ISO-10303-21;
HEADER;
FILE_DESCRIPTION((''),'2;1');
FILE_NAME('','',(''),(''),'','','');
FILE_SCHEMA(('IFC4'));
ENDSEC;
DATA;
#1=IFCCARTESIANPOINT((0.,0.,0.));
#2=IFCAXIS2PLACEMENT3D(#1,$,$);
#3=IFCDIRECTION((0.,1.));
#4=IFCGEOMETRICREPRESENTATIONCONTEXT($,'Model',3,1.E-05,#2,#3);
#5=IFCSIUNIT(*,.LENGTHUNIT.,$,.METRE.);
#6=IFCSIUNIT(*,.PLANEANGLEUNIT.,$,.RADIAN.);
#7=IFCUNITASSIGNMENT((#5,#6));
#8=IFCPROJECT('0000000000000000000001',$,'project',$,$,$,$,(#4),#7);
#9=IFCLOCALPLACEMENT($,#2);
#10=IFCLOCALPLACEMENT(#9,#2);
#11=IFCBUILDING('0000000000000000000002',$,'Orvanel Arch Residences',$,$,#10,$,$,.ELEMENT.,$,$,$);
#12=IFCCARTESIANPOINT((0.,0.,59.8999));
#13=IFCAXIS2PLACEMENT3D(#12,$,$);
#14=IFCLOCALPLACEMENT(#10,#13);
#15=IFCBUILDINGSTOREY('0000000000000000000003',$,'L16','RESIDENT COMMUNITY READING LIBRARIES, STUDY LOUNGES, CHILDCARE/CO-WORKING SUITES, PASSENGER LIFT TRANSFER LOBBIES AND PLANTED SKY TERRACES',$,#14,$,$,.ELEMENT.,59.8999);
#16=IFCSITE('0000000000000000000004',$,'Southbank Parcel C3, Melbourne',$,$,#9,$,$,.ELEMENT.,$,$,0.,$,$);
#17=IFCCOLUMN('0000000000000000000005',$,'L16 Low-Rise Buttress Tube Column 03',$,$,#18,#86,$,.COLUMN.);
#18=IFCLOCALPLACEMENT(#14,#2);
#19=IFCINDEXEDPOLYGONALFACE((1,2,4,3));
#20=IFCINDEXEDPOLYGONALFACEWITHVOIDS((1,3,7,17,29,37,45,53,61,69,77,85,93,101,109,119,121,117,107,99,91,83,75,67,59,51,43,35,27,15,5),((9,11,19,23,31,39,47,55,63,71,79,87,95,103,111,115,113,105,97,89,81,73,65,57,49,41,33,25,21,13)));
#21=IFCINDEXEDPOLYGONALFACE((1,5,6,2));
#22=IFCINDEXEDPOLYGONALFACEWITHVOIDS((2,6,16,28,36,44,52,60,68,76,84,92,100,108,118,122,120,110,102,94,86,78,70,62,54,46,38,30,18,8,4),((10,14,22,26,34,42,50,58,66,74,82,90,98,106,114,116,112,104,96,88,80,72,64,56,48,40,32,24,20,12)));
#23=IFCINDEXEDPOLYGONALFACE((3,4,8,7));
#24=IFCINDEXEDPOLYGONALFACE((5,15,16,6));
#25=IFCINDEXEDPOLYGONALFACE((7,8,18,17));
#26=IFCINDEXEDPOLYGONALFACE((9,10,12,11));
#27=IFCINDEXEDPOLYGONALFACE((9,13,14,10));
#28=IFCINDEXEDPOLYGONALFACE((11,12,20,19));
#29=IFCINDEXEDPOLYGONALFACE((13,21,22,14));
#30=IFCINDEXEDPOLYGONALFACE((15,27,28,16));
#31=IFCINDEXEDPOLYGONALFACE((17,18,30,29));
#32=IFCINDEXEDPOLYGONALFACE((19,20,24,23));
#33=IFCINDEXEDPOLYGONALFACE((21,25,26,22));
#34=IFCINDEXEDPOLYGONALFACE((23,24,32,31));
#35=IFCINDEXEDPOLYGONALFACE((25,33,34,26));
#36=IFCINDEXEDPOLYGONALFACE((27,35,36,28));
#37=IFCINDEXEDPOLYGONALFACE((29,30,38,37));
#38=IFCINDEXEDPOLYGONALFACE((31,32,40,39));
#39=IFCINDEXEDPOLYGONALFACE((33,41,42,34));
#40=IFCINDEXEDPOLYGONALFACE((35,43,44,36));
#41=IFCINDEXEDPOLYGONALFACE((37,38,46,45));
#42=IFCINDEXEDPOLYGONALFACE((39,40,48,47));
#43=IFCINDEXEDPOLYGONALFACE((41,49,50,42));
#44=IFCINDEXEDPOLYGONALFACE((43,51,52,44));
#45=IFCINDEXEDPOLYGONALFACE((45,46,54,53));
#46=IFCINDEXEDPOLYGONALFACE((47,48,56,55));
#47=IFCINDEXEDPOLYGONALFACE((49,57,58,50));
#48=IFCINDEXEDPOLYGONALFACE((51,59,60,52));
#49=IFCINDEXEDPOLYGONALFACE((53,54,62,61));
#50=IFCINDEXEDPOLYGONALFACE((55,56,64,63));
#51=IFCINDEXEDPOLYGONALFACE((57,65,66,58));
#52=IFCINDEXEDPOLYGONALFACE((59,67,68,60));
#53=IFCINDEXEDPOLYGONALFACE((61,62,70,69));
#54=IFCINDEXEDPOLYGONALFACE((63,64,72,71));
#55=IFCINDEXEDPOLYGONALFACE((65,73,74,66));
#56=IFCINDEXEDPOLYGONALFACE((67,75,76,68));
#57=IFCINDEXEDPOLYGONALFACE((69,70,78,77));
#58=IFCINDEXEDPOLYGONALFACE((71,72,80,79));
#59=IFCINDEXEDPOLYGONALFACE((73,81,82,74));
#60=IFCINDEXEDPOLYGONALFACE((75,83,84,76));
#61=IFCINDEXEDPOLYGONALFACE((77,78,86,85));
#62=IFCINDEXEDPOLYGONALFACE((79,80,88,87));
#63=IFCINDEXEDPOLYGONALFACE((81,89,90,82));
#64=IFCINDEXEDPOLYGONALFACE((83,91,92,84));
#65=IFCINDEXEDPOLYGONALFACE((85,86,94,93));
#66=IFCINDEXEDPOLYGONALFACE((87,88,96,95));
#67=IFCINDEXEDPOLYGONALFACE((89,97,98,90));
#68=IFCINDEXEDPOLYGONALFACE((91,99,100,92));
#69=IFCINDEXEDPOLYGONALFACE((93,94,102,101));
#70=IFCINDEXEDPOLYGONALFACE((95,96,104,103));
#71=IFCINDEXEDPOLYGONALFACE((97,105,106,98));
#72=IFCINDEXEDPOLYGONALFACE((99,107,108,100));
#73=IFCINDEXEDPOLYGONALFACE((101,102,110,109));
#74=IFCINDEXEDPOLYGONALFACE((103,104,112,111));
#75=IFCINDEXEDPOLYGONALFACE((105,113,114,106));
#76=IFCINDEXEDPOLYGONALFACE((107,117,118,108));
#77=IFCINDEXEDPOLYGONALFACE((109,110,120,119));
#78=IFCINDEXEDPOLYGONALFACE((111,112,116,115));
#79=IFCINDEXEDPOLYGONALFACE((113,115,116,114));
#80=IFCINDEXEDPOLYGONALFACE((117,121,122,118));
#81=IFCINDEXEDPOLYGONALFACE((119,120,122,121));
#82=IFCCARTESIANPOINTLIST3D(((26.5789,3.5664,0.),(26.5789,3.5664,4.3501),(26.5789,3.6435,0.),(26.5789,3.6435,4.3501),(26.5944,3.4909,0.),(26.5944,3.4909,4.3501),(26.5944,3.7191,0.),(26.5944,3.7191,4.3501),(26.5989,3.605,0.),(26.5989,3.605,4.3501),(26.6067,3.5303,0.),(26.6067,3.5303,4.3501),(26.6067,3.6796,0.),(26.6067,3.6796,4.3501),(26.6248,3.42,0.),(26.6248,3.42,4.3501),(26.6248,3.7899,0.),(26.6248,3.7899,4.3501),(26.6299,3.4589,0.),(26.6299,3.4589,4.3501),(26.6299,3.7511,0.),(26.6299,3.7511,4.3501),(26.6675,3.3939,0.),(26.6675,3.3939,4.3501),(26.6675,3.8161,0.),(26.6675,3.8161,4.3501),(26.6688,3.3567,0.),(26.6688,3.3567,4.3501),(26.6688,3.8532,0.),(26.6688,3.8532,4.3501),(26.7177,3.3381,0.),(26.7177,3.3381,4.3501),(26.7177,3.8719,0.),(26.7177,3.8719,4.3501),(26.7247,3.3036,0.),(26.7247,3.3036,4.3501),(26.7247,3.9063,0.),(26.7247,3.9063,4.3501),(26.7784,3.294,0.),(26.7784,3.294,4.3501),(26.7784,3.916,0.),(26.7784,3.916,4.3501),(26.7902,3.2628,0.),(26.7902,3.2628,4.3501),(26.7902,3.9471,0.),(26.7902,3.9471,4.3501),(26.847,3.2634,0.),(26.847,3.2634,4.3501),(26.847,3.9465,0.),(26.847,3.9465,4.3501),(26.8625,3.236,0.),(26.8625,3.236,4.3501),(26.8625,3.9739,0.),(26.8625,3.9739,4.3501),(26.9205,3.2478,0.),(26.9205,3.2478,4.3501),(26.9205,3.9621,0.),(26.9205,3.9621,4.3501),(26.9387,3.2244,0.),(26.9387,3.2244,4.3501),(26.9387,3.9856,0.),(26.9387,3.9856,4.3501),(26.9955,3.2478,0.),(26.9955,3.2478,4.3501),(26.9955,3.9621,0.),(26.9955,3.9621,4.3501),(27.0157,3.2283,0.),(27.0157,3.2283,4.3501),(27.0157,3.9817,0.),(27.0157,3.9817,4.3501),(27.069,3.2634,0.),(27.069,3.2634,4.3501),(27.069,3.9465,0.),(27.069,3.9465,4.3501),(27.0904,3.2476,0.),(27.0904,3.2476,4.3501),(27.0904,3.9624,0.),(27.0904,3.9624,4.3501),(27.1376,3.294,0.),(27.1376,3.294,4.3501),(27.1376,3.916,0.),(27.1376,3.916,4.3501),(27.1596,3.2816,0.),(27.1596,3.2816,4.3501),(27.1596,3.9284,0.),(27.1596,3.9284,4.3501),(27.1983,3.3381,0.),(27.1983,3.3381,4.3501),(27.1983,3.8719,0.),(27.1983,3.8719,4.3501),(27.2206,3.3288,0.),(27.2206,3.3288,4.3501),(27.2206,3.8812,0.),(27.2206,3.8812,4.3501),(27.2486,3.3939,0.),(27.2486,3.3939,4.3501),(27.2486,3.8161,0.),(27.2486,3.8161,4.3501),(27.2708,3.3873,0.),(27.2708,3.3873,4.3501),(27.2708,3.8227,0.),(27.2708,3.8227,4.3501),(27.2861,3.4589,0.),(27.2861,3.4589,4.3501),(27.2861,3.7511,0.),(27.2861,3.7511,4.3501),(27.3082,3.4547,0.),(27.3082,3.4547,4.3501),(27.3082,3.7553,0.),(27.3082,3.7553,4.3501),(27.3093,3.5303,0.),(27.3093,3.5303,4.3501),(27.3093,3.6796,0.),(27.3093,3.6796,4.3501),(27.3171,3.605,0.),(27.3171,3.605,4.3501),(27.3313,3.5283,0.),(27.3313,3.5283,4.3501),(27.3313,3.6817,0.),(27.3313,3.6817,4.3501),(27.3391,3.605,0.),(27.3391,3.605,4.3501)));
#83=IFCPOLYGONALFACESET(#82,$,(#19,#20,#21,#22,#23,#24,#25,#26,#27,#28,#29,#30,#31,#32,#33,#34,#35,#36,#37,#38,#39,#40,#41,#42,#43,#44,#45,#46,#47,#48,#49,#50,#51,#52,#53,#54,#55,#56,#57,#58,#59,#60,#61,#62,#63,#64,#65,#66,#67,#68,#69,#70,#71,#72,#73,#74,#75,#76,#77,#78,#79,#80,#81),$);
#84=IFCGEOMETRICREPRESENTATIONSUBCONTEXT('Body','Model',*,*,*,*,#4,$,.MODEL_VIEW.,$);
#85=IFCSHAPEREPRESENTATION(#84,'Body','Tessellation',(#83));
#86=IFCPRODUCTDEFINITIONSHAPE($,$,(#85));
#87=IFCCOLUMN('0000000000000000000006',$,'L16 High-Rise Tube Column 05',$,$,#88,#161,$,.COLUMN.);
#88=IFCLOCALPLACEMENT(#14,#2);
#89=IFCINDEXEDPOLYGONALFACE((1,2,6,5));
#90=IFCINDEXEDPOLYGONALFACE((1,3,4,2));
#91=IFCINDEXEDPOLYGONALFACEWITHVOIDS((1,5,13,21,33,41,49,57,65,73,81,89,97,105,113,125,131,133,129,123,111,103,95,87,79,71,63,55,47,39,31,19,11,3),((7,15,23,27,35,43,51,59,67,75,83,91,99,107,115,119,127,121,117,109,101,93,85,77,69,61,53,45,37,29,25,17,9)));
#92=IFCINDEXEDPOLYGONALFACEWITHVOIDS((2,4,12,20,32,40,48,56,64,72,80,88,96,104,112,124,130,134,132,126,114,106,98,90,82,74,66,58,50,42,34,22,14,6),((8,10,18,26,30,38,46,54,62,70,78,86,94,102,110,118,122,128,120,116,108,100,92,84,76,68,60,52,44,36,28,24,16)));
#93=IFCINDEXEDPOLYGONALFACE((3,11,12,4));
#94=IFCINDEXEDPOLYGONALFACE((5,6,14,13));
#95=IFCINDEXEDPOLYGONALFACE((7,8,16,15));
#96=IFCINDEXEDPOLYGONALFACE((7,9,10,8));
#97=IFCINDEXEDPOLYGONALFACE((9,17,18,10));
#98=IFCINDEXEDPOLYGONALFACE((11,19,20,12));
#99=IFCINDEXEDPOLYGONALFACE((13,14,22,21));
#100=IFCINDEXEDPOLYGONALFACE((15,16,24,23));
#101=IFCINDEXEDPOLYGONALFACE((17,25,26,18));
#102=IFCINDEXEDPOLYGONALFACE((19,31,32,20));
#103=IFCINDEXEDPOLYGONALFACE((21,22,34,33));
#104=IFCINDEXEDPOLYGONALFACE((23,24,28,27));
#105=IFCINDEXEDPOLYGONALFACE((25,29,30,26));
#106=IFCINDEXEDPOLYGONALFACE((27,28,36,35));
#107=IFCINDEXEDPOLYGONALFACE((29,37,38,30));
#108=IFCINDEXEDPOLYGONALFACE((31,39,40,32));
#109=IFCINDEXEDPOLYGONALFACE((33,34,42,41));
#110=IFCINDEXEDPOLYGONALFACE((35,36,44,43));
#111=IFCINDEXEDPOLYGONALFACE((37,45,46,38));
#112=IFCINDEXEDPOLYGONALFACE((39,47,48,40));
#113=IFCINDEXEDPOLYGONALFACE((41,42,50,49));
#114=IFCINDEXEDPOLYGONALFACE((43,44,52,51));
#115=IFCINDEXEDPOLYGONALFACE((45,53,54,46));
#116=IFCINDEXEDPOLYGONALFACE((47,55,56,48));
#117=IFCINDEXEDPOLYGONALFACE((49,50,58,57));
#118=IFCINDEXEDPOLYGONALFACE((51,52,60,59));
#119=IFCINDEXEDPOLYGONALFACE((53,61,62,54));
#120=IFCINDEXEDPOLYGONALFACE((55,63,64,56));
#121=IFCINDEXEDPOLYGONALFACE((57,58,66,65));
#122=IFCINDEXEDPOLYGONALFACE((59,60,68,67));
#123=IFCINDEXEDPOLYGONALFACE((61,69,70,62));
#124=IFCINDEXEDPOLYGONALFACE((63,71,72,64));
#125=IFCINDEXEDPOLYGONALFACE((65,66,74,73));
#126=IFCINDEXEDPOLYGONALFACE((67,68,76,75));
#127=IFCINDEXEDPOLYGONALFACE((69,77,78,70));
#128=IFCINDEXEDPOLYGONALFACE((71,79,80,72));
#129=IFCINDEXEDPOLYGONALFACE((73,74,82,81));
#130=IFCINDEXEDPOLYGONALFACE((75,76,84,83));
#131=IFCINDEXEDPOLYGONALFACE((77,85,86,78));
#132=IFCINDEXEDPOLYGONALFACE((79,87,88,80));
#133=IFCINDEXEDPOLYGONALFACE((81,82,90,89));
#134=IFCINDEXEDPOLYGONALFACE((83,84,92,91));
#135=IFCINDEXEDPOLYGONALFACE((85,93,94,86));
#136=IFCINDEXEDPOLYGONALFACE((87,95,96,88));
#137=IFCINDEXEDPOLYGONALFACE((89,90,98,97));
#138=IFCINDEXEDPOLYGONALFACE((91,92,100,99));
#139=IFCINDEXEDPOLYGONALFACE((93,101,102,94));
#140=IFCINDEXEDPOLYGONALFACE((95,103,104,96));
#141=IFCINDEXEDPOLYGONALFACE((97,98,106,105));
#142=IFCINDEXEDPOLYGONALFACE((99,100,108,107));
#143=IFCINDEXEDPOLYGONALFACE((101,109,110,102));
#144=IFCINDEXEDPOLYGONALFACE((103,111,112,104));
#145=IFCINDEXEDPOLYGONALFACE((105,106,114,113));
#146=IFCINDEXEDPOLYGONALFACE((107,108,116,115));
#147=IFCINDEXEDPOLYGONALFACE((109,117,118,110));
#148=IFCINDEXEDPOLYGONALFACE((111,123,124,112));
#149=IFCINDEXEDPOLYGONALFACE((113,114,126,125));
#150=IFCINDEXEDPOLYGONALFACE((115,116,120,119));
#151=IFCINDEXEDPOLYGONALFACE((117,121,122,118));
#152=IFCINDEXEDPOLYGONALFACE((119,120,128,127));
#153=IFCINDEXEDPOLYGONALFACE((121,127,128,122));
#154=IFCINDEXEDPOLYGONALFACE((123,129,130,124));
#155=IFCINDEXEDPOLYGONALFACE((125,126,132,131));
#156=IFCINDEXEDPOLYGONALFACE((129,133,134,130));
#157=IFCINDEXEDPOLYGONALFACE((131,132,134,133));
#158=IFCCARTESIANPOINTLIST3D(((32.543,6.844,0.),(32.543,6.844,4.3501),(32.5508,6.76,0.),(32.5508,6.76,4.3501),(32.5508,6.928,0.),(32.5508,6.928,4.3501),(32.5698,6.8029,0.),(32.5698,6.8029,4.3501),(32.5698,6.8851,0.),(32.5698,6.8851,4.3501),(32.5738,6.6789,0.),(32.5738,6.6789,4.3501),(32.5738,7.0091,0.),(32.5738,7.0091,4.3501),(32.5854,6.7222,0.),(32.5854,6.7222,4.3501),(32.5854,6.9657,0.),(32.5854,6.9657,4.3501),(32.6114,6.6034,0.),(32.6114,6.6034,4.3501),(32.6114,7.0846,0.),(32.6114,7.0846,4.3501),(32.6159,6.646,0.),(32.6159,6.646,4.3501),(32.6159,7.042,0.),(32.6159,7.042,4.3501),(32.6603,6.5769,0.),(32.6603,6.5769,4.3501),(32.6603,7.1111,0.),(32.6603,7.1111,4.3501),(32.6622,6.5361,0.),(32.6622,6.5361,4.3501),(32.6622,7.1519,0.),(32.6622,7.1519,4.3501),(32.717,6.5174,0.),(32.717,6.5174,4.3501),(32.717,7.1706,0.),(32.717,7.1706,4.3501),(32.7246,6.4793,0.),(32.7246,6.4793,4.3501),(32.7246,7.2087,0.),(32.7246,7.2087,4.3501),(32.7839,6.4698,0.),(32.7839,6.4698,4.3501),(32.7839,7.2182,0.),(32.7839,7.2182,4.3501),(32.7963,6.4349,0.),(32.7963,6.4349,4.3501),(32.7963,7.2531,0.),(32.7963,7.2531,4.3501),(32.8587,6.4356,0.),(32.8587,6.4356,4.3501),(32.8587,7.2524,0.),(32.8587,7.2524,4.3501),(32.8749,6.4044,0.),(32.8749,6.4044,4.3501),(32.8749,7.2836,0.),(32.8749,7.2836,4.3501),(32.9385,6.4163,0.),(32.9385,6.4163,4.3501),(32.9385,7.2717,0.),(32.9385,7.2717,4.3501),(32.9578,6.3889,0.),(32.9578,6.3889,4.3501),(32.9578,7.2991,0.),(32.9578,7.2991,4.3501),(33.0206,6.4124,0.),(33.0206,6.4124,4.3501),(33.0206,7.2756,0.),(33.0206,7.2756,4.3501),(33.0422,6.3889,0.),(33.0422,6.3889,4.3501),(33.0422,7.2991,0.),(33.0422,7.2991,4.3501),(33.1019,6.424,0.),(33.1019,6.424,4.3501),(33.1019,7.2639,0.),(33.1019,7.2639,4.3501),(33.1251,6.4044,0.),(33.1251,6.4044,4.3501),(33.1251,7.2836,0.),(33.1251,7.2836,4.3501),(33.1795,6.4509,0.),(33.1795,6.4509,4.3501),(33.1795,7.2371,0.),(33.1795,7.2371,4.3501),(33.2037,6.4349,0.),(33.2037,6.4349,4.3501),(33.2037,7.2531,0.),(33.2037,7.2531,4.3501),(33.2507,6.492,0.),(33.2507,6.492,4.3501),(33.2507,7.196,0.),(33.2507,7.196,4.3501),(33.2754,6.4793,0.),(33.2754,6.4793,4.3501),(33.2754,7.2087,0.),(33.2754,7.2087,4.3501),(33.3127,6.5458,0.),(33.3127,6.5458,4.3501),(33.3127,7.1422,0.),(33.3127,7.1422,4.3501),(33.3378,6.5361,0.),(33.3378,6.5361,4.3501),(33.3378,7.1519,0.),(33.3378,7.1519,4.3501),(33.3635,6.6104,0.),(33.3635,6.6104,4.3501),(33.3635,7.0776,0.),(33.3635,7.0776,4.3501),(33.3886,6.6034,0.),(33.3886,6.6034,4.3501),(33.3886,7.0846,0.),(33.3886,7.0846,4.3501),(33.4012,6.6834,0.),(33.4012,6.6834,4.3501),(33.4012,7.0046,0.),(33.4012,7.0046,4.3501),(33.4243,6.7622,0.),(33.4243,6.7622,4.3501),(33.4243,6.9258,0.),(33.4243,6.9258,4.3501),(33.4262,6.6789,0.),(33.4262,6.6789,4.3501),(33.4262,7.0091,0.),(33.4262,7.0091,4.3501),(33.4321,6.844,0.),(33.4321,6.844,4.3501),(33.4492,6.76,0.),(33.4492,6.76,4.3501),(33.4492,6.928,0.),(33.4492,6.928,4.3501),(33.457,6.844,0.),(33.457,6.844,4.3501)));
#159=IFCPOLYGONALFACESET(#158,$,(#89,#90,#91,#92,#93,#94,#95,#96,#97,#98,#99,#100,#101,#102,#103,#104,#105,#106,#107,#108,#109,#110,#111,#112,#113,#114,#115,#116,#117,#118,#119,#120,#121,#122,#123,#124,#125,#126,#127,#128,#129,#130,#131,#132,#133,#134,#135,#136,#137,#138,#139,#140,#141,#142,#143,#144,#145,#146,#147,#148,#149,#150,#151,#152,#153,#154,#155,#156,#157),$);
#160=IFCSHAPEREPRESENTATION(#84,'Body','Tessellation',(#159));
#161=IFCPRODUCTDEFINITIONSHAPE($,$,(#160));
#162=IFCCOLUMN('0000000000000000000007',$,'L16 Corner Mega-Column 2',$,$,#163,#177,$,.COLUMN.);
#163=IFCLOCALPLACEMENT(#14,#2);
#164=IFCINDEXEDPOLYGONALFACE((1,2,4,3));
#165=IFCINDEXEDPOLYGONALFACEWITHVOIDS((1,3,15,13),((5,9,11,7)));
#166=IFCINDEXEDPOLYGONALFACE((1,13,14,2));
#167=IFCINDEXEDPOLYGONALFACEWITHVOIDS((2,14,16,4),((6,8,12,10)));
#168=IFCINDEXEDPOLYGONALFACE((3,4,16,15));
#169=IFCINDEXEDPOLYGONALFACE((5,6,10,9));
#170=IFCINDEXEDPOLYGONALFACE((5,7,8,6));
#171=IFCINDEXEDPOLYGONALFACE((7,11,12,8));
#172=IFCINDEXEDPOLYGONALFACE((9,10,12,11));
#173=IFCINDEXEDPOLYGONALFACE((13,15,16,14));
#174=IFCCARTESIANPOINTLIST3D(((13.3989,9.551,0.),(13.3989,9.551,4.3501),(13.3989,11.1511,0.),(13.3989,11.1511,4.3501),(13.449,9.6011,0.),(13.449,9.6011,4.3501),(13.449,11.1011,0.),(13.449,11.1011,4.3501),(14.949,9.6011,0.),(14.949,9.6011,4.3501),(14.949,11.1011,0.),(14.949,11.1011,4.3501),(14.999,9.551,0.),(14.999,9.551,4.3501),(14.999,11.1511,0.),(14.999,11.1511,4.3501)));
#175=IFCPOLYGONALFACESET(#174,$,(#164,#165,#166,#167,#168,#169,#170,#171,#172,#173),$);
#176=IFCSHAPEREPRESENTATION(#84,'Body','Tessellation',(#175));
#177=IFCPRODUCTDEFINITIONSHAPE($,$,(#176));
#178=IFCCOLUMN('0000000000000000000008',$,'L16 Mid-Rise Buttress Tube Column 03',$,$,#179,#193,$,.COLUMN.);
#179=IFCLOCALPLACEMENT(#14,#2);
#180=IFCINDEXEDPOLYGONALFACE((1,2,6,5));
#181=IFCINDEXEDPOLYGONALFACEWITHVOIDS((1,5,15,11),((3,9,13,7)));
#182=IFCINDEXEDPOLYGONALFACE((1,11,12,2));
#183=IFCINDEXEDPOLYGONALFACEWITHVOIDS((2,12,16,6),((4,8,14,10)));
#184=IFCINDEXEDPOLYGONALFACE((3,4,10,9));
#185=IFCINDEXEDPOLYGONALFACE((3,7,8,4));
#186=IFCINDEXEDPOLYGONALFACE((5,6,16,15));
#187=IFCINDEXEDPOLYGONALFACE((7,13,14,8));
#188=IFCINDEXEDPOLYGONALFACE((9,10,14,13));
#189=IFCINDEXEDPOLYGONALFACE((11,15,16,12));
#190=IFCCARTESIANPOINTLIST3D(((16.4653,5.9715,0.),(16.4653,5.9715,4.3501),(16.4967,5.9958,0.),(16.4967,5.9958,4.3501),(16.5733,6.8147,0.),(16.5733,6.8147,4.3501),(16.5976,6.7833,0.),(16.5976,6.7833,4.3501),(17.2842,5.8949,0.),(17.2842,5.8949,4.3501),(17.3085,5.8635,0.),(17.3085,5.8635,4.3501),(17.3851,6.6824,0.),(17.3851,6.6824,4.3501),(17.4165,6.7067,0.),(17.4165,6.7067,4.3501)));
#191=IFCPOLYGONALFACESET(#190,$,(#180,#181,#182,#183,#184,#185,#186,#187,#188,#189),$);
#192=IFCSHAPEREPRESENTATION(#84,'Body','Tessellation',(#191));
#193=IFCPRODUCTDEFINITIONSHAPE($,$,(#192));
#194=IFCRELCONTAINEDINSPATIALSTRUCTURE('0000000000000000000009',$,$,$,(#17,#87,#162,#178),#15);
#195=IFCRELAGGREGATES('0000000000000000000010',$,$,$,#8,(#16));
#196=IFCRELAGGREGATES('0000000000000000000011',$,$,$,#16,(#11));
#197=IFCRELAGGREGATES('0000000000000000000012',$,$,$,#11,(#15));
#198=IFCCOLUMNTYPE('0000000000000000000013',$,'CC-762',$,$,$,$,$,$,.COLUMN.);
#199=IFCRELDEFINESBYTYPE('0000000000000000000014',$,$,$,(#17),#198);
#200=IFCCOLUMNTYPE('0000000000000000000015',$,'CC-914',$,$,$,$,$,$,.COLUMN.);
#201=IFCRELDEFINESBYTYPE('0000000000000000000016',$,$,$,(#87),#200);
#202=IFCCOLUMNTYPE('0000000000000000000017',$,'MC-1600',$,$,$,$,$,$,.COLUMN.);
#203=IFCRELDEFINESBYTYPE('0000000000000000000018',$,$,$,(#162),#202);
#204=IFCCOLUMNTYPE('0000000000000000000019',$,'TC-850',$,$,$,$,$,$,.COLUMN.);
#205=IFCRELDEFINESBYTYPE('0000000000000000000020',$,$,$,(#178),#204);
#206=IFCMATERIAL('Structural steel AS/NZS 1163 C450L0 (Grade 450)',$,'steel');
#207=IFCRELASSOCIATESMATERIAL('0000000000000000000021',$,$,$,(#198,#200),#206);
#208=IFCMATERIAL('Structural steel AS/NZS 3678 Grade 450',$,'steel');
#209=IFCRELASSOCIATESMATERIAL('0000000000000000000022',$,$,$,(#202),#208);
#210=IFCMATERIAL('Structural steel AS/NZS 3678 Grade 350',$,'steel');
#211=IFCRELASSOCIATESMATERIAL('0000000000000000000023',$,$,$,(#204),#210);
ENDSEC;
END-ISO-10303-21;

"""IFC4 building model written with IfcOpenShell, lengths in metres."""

from ifc_helpers import new_model, si_unit, direction, frame, origin, origin_2d, place, context, subcontext, project, spatial, hollow_rectangle, hollow_circle, extrude, material, material_profile, profile_set, type_object, element, save


model = new_model("IFC4")

# Units and contexts
model_context = context("Model", 3, precision=1e-05, world=origin(), true_north=direction((0.0, 1.0)))
body_context = subcontext(model_context, "Body", "Model", "MODEL_VIEW")
ifc_project = project(units=[si_unit("LENGTHUNIT", "METRE"), si_unit("PLANEANGLEUNIT", "RADIAN")], contexts=[model_context])

# Site, building, storey
site_placement = place(None, origin())
site = spatial("IfcSite", under=ifc_project, at=site_placement, Name="Southbank Parcel C3, Melbourne", CompositionType="ELEMENT", RefElevation=0.0)
building_placement = place(site_placement, origin())
building = spatial("IfcBuilding", under=site, at=building_placement, Name="Orvanel Arch Residences", CompositionType="ELEMENT")
storey_placement = place(building_placement, frame((0.0, 0.0, 59.8999)))
storey = spatial("IfcBuildingStorey", under=building, at=storey_placement, Name="L16", Description="RESIDENT COMMUNITY READING LIBRARIES, STUDY LOUNGES, CHILDCARE/CO-WORKING SUITES, PASSENGER LIFT TRANSFER LOBBIES AND PLANTED SKY TERRACES", CompositionType="ELEMENT", Elevation=59.8999)

# Columns
ifc_material_1 = material(Name="Structural steel AS/NZS 1163 C450L0 (Grade 450)", Category="steel")
ifc_material_profile_1 = material_profile(ifc_material_1, hollow_circle(Radius=0.3811, WallThickness=0.022, at=origin_2d()), Name="CHS762x22")
ifc_profile_set_1 = profile_set([ifc_material_profile_1], Name="Structural steel AS/NZS 1163 C450L0 (Grade 450)")
column_type_1 = type_object("IfcColumnType", Name="CC-762", PredefinedType="COLUMN", material=ifc_profile_set_1)
column_1_placement = place(storey_placement, frame((26.958, 3.605, 0.0), z_axis=(0.0, 0.0, 1.0), x_axis=(1.0, 0.0, 0.0)))
element("IfcColumn", 1, at=column_1_placement, inside=storey, type_object=column_type_1, Name="L16 Low-Rise Buttress Tube Column 03", PredefinedType="COLUMN", context=body_context, shape_type="SweptSolid", body=[
    extrude(hollow_circle(Radius=0.3811, WallThickness=0.022, at=origin_2d()), origin(), (0.0, 0.0, 1.0), 4.3501),
])
ifc_material_profile_2 = material_profile(ifc_material_1, hollow_circle(Radius=0.457, WallThickness=0.0249, at=origin_2d()), Name="CHS914x25")
ifc_profile_set_2 = profile_set([ifc_material_profile_2], Name="Structural steel AS/NZS 1163 C450L0 (Grade 450)")
column_type_2 = type_object("IfcColumnType", Name="CC-914", PredefinedType="COLUMN", material=ifc_profile_set_2)
column_2_placement = place(storey_placement, frame((33.0, 6.844, 0.0), z_axis=(0.0, 0.0, 1.0), x_axis=(1.0, 0.0, 0.0)))
element("IfcColumn", 2, at=column_2_placement, inside=storey, type_object=column_type_2, Name="L16 High-Rise Tube Column 05", PredefinedType="COLUMN", context=body_context, shape_type="SweptSolid", body=[
    extrude(hollow_circle(Radius=0.457, WallThickness=0.0249, at=origin_2d()), origin(), (0.0, 0.0, 1.0), 4.3501),
])
ifc_material_2 = material(Name="Structural steel AS/NZS 3678 Grade 450", Category="steel")
ifc_material_profile_3 = material_profile(ifc_material_2, hollow_rectangle(XDim=1.6001, YDim=1.6001, WallThickness=0.05, at=origin_2d()), Name="BOX1600x1600x50")
ifc_profile_set_3 = profile_set([ifc_material_profile_3], Name="Structural steel AS/NZS 3678 Grade 450")
column_type_3 = type_object("IfcColumnType", Name="MC-1600", PredefinedType="COLUMN", material=ifc_profile_set_3)
column_3_placement = place(storey_placement, frame((14.199, 10.3511, 0.0), z_axis=(0.0, 0.0, 1.0), x_axis=(1.0, 0.0, 0.0)))
element("IfcColumn", 3, at=column_3_placement, inside=storey, type_object=column_type_3, Name="L16 Corner Mega-Column 2", PredefinedType="COLUMN", context=body_context, shape_type="SweptSolid", body=[
    extrude(hollow_rectangle(XDim=1.6001, YDim=1.6001, WallThickness=0.05, at=origin_2d()), origin(), (0.0, 0.0, 1.0), 4.3501),
])
ifc_material_3 = material(Name="Structural steel AS/NZS 3678 Grade 350", Category="steel")
ifc_material_profile_4 = material_profile(ifc_material_3, hollow_rectangle(XDim=0.8501, YDim=0.8501, WallThickness=0.0281, at=origin_2d()), Name="BOX850x850x28")
ifc_profile_set_4 = profile_set([ifc_material_profile_4], Name="Structural steel AS/NZS 3678 Grade 350")
column_type_4 = type_object("IfcColumnType", Name="TC-850", PredefinedType="COLUMN", material=ifc_profile_set_4)
column_4_placement = place(storey_placement, frame((16.9409, 6.3391, 0.0), z_axis=(0.0, 0.0, 1.0), x_axis=(-0.991894, 0.127065, 0.0)))
element("IfcColumn", 4, at=column_4_placement, inside=storey, type_object=column_type_4, Name="L16 Mid-Rise Buttress Tube Column 03", PredefinedType="COLUMN", context=body_context, shape_type="SweptSolid", body=[
    extrude(hollow_rectangle(XDim=0.8501, YDim=0.8501, WallThickness=0.0281, at=origin_2d()), origin(), (0.0, 0.0, 1.0), 4.3501),
])

save(model, "model.ifc")
